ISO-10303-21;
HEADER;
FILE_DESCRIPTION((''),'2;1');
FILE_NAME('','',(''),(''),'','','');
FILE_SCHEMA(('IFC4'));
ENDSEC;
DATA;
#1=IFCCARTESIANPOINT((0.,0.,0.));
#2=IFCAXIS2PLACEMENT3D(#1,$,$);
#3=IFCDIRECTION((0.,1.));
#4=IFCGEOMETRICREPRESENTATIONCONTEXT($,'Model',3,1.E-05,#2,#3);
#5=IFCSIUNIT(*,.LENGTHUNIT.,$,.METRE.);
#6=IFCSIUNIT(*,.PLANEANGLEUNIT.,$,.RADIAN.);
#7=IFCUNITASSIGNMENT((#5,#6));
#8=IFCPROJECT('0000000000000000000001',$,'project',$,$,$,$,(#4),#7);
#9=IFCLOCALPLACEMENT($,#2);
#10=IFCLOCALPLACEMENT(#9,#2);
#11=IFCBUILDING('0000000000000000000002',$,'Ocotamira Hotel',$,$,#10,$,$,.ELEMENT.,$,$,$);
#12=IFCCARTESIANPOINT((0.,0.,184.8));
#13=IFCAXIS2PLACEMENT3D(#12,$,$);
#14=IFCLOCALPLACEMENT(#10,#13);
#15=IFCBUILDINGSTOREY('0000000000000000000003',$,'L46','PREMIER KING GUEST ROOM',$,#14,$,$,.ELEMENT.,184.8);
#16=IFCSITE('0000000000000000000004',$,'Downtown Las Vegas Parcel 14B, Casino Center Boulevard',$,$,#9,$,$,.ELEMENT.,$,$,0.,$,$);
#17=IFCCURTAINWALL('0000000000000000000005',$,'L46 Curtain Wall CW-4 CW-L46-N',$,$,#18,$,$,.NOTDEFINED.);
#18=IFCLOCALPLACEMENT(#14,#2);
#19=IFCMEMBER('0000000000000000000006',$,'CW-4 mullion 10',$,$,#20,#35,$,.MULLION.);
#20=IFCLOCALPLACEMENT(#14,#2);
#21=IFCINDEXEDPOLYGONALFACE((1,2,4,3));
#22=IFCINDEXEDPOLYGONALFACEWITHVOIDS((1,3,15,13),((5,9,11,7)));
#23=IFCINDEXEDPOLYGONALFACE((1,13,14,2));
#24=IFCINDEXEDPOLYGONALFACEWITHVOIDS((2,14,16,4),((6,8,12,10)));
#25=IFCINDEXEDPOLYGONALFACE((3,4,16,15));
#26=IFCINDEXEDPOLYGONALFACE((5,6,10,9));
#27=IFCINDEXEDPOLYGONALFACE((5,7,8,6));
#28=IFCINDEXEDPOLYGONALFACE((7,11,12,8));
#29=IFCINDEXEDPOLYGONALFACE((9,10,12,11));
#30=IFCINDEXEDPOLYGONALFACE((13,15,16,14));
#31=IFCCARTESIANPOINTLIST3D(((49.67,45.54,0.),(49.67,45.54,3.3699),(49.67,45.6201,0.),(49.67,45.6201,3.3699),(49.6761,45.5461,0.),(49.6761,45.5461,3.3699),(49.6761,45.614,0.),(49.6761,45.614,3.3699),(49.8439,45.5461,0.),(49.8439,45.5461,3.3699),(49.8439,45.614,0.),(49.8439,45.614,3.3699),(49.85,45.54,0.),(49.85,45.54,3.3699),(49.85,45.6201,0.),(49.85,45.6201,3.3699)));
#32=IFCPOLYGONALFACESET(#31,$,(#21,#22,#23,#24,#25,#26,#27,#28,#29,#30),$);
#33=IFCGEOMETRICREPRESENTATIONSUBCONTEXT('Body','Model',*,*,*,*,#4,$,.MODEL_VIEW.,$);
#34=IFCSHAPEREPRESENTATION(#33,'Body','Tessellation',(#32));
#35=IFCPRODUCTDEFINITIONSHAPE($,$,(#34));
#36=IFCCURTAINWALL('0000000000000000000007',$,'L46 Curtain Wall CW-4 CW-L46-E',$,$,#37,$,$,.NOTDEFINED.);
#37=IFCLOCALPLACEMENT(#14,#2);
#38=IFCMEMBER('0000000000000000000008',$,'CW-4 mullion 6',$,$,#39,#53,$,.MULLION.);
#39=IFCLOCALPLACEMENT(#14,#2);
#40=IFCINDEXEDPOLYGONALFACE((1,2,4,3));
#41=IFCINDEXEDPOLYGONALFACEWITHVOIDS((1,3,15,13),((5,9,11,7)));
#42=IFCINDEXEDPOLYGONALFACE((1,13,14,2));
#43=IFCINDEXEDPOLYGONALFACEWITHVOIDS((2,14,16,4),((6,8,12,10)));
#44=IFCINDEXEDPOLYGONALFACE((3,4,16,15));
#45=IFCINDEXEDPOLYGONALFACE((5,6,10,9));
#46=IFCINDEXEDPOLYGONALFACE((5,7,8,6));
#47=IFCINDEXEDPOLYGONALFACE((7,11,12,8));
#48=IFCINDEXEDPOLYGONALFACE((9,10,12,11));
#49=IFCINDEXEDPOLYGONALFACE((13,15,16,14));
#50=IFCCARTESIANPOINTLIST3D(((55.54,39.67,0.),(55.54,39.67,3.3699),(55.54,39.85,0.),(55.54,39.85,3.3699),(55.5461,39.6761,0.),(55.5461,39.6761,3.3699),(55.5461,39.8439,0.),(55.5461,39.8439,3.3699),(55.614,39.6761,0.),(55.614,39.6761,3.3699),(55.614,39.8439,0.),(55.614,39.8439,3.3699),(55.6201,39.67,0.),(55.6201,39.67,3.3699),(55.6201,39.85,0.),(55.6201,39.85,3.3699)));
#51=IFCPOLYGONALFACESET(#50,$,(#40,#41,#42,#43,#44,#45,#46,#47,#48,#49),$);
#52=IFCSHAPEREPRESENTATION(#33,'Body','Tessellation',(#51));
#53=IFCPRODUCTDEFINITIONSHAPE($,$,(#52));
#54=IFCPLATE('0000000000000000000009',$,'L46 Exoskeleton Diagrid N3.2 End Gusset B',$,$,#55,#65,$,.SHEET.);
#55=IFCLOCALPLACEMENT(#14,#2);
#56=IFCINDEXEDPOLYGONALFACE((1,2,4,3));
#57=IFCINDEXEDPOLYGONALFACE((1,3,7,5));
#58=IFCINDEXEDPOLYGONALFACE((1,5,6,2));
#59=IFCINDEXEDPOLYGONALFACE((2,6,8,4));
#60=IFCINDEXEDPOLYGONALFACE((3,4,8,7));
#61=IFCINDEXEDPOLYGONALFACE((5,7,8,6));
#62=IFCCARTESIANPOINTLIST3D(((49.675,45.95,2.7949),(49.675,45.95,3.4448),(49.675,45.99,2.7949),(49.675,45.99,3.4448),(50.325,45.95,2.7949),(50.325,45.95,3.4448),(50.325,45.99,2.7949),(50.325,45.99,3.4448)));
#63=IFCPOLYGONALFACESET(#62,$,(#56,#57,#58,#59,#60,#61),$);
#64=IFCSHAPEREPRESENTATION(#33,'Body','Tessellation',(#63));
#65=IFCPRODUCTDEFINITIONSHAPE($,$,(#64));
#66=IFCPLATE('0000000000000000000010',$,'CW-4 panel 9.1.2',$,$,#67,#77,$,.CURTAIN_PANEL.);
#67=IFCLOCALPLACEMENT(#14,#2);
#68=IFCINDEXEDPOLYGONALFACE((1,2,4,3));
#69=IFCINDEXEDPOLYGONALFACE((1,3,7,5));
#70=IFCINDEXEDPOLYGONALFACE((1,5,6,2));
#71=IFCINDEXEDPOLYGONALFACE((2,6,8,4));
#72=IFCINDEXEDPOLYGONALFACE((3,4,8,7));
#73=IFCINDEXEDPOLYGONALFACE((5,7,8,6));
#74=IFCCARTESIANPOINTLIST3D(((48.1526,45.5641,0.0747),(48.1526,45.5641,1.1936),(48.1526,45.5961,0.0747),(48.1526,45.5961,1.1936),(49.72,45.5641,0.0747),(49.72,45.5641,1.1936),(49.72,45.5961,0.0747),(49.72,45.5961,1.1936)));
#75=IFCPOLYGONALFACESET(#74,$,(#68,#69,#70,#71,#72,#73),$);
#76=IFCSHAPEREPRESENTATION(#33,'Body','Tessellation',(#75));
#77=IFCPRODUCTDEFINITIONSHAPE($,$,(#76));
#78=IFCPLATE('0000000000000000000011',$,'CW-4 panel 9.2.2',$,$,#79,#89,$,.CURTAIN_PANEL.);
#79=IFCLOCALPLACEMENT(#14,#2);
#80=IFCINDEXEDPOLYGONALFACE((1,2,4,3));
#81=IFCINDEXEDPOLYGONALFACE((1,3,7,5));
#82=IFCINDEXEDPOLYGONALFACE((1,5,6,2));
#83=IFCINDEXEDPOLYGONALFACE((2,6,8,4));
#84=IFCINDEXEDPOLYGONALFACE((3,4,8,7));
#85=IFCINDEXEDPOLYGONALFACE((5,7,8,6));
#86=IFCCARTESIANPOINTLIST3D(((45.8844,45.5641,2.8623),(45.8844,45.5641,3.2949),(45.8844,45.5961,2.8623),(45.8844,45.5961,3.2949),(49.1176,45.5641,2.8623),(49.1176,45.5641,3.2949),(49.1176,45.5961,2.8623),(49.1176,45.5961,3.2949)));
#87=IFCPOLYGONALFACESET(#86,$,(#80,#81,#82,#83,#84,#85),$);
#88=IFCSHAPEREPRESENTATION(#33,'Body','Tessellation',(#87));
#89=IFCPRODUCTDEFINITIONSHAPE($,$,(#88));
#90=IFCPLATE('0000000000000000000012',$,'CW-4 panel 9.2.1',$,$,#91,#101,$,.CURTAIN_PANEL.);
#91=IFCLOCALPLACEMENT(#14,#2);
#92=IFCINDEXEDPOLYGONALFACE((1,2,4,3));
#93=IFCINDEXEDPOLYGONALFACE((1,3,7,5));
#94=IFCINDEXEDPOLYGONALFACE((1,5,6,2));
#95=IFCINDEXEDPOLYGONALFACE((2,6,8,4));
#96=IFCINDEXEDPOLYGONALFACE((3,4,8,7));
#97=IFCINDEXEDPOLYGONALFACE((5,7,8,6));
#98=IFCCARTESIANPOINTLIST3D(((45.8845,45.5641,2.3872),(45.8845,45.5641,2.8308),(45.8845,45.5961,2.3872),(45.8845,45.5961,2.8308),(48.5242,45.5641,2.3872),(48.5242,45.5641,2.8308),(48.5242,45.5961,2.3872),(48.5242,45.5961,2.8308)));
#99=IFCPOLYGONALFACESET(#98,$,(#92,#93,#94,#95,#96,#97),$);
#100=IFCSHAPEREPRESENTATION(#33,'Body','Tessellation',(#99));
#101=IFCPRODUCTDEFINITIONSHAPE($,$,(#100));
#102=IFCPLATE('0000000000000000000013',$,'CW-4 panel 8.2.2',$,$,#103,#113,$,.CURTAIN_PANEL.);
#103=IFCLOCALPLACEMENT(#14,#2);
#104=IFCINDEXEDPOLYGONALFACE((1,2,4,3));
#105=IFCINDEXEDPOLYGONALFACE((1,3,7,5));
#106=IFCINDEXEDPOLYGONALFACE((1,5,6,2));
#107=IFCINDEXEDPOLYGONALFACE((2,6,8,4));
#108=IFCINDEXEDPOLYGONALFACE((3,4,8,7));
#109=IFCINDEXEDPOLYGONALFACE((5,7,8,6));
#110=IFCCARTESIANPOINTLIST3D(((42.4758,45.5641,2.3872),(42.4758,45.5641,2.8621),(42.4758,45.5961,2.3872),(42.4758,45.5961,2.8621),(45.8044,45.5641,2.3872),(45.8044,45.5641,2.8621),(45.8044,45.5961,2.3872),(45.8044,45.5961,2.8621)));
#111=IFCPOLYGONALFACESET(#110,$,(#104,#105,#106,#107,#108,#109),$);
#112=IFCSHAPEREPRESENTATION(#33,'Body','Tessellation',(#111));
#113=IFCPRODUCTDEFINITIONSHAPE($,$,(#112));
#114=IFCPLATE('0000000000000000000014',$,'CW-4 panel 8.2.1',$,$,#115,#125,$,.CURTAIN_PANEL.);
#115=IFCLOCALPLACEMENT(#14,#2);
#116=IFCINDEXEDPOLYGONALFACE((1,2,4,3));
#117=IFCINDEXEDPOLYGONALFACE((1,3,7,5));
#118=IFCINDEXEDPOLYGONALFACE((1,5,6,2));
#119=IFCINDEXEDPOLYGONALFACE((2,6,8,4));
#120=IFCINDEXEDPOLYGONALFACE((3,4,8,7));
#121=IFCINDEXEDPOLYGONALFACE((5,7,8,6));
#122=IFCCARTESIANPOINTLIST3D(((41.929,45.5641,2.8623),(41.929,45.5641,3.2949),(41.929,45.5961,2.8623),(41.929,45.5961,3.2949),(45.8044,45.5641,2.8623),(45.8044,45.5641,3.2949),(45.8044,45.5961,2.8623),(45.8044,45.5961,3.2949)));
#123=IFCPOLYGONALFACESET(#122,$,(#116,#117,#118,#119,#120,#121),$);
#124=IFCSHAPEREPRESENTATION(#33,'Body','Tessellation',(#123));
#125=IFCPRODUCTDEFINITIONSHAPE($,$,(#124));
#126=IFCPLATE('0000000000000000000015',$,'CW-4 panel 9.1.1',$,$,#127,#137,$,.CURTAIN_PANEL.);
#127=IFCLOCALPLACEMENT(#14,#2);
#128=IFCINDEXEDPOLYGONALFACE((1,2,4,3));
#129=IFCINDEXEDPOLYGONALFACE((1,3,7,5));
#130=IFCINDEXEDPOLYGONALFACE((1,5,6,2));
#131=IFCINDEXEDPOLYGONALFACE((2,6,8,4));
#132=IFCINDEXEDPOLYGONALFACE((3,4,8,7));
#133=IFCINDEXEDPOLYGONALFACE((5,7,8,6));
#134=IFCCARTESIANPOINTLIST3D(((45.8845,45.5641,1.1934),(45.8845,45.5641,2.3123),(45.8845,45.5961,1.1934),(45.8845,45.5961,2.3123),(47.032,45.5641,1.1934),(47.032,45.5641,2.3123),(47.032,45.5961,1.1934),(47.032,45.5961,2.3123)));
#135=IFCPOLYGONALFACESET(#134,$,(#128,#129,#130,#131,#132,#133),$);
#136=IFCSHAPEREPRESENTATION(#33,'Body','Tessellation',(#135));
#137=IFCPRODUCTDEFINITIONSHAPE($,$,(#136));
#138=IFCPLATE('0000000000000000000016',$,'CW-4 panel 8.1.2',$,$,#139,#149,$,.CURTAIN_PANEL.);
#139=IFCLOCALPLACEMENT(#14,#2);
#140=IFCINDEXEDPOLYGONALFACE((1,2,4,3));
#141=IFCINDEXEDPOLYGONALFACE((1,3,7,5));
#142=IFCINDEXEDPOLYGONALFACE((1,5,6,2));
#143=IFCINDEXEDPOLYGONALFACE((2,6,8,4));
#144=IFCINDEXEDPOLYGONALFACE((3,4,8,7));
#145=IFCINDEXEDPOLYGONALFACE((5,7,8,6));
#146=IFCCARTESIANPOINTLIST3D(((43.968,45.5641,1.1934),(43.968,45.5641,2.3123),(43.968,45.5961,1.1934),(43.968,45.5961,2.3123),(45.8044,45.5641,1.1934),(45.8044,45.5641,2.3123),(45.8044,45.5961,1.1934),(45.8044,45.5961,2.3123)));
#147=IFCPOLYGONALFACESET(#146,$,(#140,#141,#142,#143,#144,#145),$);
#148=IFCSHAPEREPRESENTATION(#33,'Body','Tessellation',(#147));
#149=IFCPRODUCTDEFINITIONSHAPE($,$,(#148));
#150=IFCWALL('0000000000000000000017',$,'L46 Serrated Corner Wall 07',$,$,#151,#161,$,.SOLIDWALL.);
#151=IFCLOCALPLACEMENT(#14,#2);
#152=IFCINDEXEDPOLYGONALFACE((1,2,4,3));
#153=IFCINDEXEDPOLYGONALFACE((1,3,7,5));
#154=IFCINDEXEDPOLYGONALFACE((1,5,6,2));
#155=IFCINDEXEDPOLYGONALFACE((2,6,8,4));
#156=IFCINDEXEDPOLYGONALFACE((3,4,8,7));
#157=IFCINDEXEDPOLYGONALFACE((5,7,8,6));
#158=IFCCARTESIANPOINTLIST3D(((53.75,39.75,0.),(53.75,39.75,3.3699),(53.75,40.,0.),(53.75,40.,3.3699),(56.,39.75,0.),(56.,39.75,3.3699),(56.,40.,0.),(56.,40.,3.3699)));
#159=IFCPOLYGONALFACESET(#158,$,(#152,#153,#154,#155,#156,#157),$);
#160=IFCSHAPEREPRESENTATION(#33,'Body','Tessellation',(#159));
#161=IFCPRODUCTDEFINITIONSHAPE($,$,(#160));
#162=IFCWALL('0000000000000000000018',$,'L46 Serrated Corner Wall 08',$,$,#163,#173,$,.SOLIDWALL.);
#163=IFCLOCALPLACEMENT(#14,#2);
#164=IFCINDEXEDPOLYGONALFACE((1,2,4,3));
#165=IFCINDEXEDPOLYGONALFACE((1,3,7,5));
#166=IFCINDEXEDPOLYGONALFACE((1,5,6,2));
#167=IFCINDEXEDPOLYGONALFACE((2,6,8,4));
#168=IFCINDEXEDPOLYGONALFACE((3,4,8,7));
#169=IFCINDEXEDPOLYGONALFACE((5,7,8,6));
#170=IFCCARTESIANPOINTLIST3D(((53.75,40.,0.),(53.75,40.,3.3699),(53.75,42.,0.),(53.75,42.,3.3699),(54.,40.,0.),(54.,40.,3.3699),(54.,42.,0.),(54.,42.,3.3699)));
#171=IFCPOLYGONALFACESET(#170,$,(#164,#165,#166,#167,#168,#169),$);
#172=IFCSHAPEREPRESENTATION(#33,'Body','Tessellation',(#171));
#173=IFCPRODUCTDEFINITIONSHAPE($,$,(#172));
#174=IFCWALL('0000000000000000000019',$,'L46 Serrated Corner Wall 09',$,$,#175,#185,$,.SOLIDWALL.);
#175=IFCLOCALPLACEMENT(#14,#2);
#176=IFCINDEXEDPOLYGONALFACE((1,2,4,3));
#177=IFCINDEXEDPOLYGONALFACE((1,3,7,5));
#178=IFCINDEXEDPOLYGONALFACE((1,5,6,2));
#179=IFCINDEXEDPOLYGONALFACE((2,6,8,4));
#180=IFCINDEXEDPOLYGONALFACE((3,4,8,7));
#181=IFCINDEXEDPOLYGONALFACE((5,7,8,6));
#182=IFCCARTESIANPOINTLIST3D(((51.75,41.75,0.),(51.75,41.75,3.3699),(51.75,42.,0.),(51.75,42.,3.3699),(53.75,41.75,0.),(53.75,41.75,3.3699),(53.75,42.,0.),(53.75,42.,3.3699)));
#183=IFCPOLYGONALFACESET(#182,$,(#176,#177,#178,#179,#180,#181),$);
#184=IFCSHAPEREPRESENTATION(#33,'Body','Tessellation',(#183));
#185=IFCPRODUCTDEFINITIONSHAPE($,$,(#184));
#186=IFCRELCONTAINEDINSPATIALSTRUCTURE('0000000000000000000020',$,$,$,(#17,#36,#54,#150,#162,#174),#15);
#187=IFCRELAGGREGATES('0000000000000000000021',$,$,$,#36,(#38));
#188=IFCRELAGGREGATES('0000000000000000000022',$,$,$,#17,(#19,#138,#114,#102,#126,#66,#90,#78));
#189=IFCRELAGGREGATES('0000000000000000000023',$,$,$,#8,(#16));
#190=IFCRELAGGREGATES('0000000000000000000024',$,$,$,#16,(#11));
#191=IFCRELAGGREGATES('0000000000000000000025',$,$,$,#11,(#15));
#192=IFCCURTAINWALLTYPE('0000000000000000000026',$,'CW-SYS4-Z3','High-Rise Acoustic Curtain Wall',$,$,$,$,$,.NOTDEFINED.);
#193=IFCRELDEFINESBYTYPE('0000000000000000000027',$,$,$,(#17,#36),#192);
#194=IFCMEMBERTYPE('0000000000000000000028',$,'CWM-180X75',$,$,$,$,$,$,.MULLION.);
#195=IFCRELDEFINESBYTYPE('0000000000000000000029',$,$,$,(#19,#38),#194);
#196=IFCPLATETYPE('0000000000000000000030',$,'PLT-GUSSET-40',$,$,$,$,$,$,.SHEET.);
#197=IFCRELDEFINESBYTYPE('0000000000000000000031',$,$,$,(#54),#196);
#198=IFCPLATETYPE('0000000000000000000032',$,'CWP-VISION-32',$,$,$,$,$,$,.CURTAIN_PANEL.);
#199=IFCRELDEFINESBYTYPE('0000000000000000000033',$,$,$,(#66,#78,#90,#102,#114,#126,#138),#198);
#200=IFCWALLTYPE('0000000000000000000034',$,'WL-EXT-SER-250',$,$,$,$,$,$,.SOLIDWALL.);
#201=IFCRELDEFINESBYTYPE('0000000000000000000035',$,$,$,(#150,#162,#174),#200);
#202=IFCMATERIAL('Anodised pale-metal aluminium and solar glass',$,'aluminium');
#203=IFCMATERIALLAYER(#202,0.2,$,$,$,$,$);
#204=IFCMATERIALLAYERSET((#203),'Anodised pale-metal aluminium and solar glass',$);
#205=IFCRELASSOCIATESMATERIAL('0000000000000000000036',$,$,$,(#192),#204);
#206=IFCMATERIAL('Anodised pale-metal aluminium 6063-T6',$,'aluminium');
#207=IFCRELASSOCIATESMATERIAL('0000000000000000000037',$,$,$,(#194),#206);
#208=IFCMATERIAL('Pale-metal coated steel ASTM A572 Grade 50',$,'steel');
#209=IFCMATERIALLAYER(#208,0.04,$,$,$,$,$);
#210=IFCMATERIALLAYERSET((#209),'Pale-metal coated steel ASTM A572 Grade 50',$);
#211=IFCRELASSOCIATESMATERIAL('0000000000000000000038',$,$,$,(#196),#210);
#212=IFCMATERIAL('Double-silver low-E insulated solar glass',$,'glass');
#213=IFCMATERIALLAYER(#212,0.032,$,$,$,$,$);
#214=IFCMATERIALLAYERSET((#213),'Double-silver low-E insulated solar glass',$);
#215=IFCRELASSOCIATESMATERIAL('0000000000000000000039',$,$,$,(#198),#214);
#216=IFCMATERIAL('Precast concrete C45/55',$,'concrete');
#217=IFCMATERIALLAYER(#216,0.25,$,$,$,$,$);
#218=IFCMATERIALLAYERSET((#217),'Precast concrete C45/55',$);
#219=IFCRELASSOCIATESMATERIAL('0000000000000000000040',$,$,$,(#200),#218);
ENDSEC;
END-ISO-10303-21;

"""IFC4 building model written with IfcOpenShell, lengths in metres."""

from ifc_helpers import new_model, si_unit, direction, frame, frame_2d, origin, origin_2d, place, context, subcontext, project, spatial, rectangle, hollow_rectangle, extrude, source, transform, mapped, material, layer, layer_set, material_profile, profile_set, type_object, element, aggregate, save


model = new_model("IFC4")

# Units and contexts
model_context = context("Model", 3, precision=1e-05, world=origin(), true_north=direction((0.0, 1.0)))
body_context = subcontext(model_context, "Body", "Model", "MODEL_VIEW")
ifc_project = project(units=[si_unit("LENGTHUNIT", "METRE"), si_unit("PLANEANGLEUNIT", "RADIAN")], contexts=[model_context])

# Site, building, storey
site_placement = place(None, origin())
site = spatial("IfcSite", under=ifc_project, at=site_placement, Name="Downtown Las Vegas Parcel 14B, Casino Center Boulevard", CompositionType="ELEMENT", RefElevation=0.0)
building_placement = place(site_placement, origin())
building = spatial("IfcBuilding", under=site, at=building_placement, Name="Ocotamira Hotel", CompositionType="ELEMENT")
storey_placement = place(building_placement, frame((0.0, 0.0, 184.8)))
storey = spatial("IfcBuildingStorey", under=building, at=storey_placement, Name="L46", Description="PREMIER KING GUEST ROOM", CompositionType="ELEMENT", Elevation=184.8)

# Curtain wall, member
ifc_material_1 = material(Name="Anodised pale-metal aluminium and solar glass", Category="aluminium")
ifc_layer_1 = layer(ifc_material_1, 0.2)
ifc_layer_set_1 = layer_set([ifc_layer_1], Name="Anodised pale-metal aluminium and solar glass")
curtain_wall_type = type_object("IfcCurtainWallType", Name="CW-SYS4-Z3", Description="High-Rise Acoustic Curtain Wall", PredefinedType="NOTDEFINED", material=ifc_layer_set_1)
curtain_wall_1_placement = place(storey_placement, origin())
curtain_wall_1 = element("IfcCurtainWall", 1, at=curtain_wall_1_placement, inside=storey, type_object=curtain_wall_type, Name="L46 Curtain Wall CW-4 CW-L46-N", PredefinedType="NOTDEFINED")
ifc_material_2 = material(Name="Anodised pale-metal aluminium 6063-T6", Category="aluminium")
ifc_material_profile_1 = material_profile(ifc_material_2, hollow_rectangle(XDim=0.0801, YDim=0.1799, WallThickness=0.0061, at=origin_2d()), Name="HSS180X80X6")
ifc_profile_set_1 = profile_set([ifc_material_profile_1], Name="Anodised pale-metal aluminium 6063-T6")
member_type_1 = type_object("IfcMemberType", Name="CWM-180X75", PredefinedType="MULLION", material=ifc_profile_set_1)
shared_shape_1 = source(origin(), body_context, "Body", "SweptSolid", [
    extrude(hollow_rectangle(XDim=0.0801, YDim=0.1799, WallThickness=0.0061, at=origin_2d()), origin(), (0.0, 0.0, 1.0), 3.3699),
])
member_1_placement = place(storey_placement, frame((49.76, 45.5801, 0.0), z_axis=(0.0, 0.0, 1.0), x_axis=(0.0, 1.0, 0.0)))
member_1 = element("IfcMember", 2, at=member_1_placement, type_object=member_type_1, Name="CW-4 mullion 10", PredefinedType="MULLION", context=body_context, shape_type="MappedRepresentation", body=[
    mapped(shared_shape_1, transform((0.0, 0.0, 0.0), scale=1.0)),
])

# Curtain wall, member
curtain_wall_2_placement = place(storey_placement, origin())
curtain_wall_2 = element("IfcCurtainWall", 3, at=curtain_wall_2_placement, inside=storey, type_object=curtain_wall_type, Name="L46 Curtain Wall CW-4 CW-L46-E", PredefinedType="NOTDEFINED")
member_2_placement = place(storey_placement, frame((55.5801, 39.76, 0.0), z_axis=(0.0, 0.0, 1.0), x_axis=(-1.0, 0.0, 0.0)))
member_2 = element("IfcMember", 4, at=member_2_placement, type_object=member_type_1, Name="CW-4 mullion 6", PredefinedType="MULLION", context=body_context, shape_type="MappedRepresentation", body=[
    mapped(shared_shape_1, transform((0.0, 0.0, 0.0), scale=1.0)),
])
aggregate(curtain_wall_2, [member_2])

# Plates
ifc_material_3 = material(Name="Pale-metal coated steel ASTM A572 Grade 50", Category="steel")
ifc_layer_2 = layer(ifc_material_3, 0.04)
ifc_layer_set_2 = layer_set([ifc_layer_2], Name="Pale-metal coated steel ASTM A572 Grade 50")
plate_type_1 = type_object("IfcPlateType", Name="PLT-GUSSET-40", PredefinedType="SHEET", material=ifc_layer_set_2)
shared_shape_2 = source(origin(), body_context, "Body", "SweptSolid", [
    extrude(rectangle(XDim=0.6499, YDim=0.04, at=origin_2d()), origin(), (0.0, 0.0, 1.0), 0.6499),
])
plate_1_placement = place(storey_placement, frame((50.0, 45.97, 2.7949), z_axis=(0.0, 0.0, 1.0), x_axis=(1.0, 0.0, 0.0)))
element("IfcPlate", 5, at=plate_1_placement, inside=storey, type_object=plate_type_1, Name="L46 Exoskeleton Diagrid N3.2 End Gusset B", PredefinedType="SHEET", context=body_context, shape_type="MappedRepresentation", body=[
    mapped(shared_shape_2, transform((0.0, 0.0, 0.0), scale=1.0)),
])
ifc_material_4 = material(Name="Double-silver low-E insulated solar glass", Category="glass")
ifc_layer_3 = layer(ifc_material_4, 0.032)
ifc_layer_set_3 = layer_set([ifc_layer_3], Name="Double-silver low-E insulated solar glass")
plate_type_2 = type_object("IfcPlateType", Name="CWP-VISION-32", PredefinedType="CURTAIN_PANEL", material=ifc_layer_set_3)
shared_shape_3 = source(origin(), body_context, "Body", "SweptSolid", [
    extrude(rectangle(XDim=1.5674, YDim=0.032, at=origin_2d()), origin(), (0.0, 0.0, 1.0), 1.1189),
])
plate_2_placement = place(storey_placement, frame((48.9363, 45.5801, 0.0747), z_axis=(0.0, 0.0, 1.0), x_axis=(1.0, 0.0, 0.0)))
plate_2 = element("IfcPlate", 6, at=plate_2_placement, type_object=plate_type_2, Name="CW-4 panel 9.1.2", PredefinedType="CURTAIN_PANEL", context=body_context, shape_type="MappedRepresentation", body=[
    mapped(shared_shape_3, transform((0.0, 0.0, 0.0), scale=1.0)),
])
shared_shape_4 = source(origin(), body_context, "Body", "SweptSolid", [
    extrude(rectangle(XDim=3.2332, YDim=0.032, at=origin_2d()), origin(), (0.0, 0.0, 1.0), 0.4326),
])
plate_3_placement = place(storey_placement, frame((47.501, 45.5801, 2.8623), z_axis=(0.0, 0.0, 1.0), x_axis=(1.0, 0.0, 0.0)))
plate_3 = element("IfcPlate", 7, at=plate_3_placement, type_object=plate_type_2, Name="CW-4 panel 9.2.2", PredefinedType="CURTAIN_PANEL", context=body_context, shape_type="MappedRepresentation", body=[
    mapped(shared_shape_4, transform((0.0, 0.0, 0.0), scale=1.0)),
])
shared_shape_5 = source(origin(), body_context, "Body", "SweptSolid", [
    extrude(rectangle(XDim=2.6396, YDim=0.032, at=origin_2d()), origin(), (0.0, 0.0, 1.0), 0.4436),
])
plate_4_placement = place(storey_placement, frame((47.2043, 45.5801, 2.3872), z_axis=(0.0, 0.0, 1.0), x_axis=(1.0, 0.0, 0.0)))
plate_4 = element("IfcPlate", 8, at=plate_4_placement, type_object=plate_type_2, Name="CW-4 panel 9.2.1", PredefinedType="CURTAIN_PANEL", context=body_context, shape_type="MappedRepresentation", body=[
    mapped(shared_shape_5, transform((0.0, 0.0, 0.0), scale=1.0)),
])
shared_shape_6 = source(origin(), body_context, "Body", "SweptSolid", [
    extrude(rectangle(XDim=3.3286, YDim=0.032, at=origin_2d()), origin(), (0.0, 0.0, 1.0), 0.4749),
])
plate_5_placement = place(storey_placement, frame((44.1401, 45.5801, 2.3872), z_axis=(0.0, 0.0, 1.0), x_axis=(1.0, 0.0, 0.0)))
plate_5 = element("IfcPlate", 9, at=plate_5_placement, type_object=plate_type_2, Name="CW-4 panel 8.2.2", PredefinedType="CURTAIN_PANEL", context=body_context, shape_type="MappedRepresentation", body=[
    mapped(shared_shape_6, transform((0.0, 0.0, 0.0), scale=1.0)),
])
shared_shape_7 = source(origin(), body_context, "Body", "SweptSolid", [
    extrude(rectangle(XDim=3.8755, YDim=0.032, at=origin_2d()), origin(), (0.0, 0.0, 1.0), 0.4326),
])
plate_6_placement = place(storey_placement, frame((43.8667, 45.5801, 2.8623), z_axis=(0.0, 0.0, 1.0), x_axis=(1.0, 0.0, 0.0)))
plate_6 = element("IfcPlate", 10, at=plate_6_placement, type_object=plate_type_2, Name="CW-4 panel 8.2.1", PredefinedType="CURTAIN_PANEL", context=body_context, shape_type="MappedRepresentation", body=[
    mapped(shared_shape_7, transform((0.0, 0.0, 0.0), scale=1.0)),
])
shared_shape_8 = source(origin(), body_context, "Body", "SweptSolid", [
    extrude(rectangle(XDim=1.1475, YDim=0.032, at=origin_2d()), origin(), (0.0, 0.0, 1.0), 1.1189),
])
plate_7_placement = place(storey_placement, frame((46.4583, 45.5801, 1.1934), z_axis=(0.0, 0.0, 1.0), x_axis=(1.0, 0.0, 0.0)))
plate_7 = element("IfcPlate", 11, at=plate_7_placement, type_object=plate_type_2, Name="CW-4 panel 9.1.1", PredefinedType="CURTAIN_PANEL", context=body_context, shape_type="MappedRepresentation", body=[
    mapped(shared_shape_8, transform((0.0, 0.0, 0.0), scale=1.0)),
])
shared_shape_9 = source(origin(), body_context, "Body", "SweptSolid", [
    extrude(rectangle(XDim=1.8364, YDim=0.032, at=origin_2d()), origin(), (0.0, 0.0, 1.0), 1.1189),
])
plate_8_placement = place(storey_placement, frame((44.8862, 45.5801, 1.1934), z_axis=(0.0, 0.0, 1.0), x_axis=(1.0, 0.0, 0.0)))
plate_8 = element("IfcPlate", 12, at=plate_8_placement, type_object=plate_type_2, Name="CW-4 panel 8.1.2", PredefinedType="CURTAIN_PANEL", context=body_context, shape_type="MappedRepresentation", body=[
    mapped(shared_shape_9, transform((0.0, 0.0, 0.0), scale=1.0)),
])
aggregate(curtain_wall_1, [member_1, plate_8, plate_6, plate_5, plate_7, plate_2, plate_4, plate_3])

# Walls
ifc_material_5 = material(Name="Precast concrete C45/55", Category="concrete")
ifc_layer_4 = layer(ifc_material_5, 0.25)
ifc_layer_set_4 = layer_set([ifc_layer_4], Name="Precast concrete C45/55")
wall_type_1 = type_object("IfcWallType", Name="WL-EXT-SER-250", PredefinedType="SOLIDWALL", material=ifc_layer_set_4)
wall_1_placement = place(storey_placement, frame((56.0, 39.875, 0.0), z_axis=(0.0, 0.0, 1.0), x_axis=(-1.0, 0.0, 0.0)))
element("IfcWall", 13, at=wall_1_placement, inside=storey, type_object=wall_type_1, Name="L46 Serrated Corner Wall 07", PredefinedType="SOLIDWALL", context=body_context, shape_type="SweptSolid", body=[
    extrude(rectangle(XDim=2.25, YDim=0.25, at=frame_2d((1.125, 0.0))), origin(), (0.0, 0.0, 1.0), 3.3699),
])
for number, where, z_axis, x_axis, name in (
    (14, (53.875, 40.0, 0.0), (0.0, 0.0, 1.0), (0.0, 1.0, 0.0), "L46 Serrated Corner Wall 08"),
    (15, (53.75, 41.875, 0.0), (0.0, 0.0, 1.0), (-1.0, 0.0, 0.0), "L46 Serrated Corner Wall 09"),
):
    element("IfcWall", number, at=place(storey_placement, frame(where, z_axis=z_axis, x_axis=x_axis)), inside=storey, type_object=wall_type_1, Name=name, PredefinedType="SOLIDWALL", context=body_context, shape_type="SweptSolid", body=[
        extrude(rectangle(XDim=2.0, YDim=0.25, at=frame_2d((1.0, 0.0))), origin(), (0.0, 0.0, 1.0), 3.3699),
    ])

save(model, "model.ifc")
